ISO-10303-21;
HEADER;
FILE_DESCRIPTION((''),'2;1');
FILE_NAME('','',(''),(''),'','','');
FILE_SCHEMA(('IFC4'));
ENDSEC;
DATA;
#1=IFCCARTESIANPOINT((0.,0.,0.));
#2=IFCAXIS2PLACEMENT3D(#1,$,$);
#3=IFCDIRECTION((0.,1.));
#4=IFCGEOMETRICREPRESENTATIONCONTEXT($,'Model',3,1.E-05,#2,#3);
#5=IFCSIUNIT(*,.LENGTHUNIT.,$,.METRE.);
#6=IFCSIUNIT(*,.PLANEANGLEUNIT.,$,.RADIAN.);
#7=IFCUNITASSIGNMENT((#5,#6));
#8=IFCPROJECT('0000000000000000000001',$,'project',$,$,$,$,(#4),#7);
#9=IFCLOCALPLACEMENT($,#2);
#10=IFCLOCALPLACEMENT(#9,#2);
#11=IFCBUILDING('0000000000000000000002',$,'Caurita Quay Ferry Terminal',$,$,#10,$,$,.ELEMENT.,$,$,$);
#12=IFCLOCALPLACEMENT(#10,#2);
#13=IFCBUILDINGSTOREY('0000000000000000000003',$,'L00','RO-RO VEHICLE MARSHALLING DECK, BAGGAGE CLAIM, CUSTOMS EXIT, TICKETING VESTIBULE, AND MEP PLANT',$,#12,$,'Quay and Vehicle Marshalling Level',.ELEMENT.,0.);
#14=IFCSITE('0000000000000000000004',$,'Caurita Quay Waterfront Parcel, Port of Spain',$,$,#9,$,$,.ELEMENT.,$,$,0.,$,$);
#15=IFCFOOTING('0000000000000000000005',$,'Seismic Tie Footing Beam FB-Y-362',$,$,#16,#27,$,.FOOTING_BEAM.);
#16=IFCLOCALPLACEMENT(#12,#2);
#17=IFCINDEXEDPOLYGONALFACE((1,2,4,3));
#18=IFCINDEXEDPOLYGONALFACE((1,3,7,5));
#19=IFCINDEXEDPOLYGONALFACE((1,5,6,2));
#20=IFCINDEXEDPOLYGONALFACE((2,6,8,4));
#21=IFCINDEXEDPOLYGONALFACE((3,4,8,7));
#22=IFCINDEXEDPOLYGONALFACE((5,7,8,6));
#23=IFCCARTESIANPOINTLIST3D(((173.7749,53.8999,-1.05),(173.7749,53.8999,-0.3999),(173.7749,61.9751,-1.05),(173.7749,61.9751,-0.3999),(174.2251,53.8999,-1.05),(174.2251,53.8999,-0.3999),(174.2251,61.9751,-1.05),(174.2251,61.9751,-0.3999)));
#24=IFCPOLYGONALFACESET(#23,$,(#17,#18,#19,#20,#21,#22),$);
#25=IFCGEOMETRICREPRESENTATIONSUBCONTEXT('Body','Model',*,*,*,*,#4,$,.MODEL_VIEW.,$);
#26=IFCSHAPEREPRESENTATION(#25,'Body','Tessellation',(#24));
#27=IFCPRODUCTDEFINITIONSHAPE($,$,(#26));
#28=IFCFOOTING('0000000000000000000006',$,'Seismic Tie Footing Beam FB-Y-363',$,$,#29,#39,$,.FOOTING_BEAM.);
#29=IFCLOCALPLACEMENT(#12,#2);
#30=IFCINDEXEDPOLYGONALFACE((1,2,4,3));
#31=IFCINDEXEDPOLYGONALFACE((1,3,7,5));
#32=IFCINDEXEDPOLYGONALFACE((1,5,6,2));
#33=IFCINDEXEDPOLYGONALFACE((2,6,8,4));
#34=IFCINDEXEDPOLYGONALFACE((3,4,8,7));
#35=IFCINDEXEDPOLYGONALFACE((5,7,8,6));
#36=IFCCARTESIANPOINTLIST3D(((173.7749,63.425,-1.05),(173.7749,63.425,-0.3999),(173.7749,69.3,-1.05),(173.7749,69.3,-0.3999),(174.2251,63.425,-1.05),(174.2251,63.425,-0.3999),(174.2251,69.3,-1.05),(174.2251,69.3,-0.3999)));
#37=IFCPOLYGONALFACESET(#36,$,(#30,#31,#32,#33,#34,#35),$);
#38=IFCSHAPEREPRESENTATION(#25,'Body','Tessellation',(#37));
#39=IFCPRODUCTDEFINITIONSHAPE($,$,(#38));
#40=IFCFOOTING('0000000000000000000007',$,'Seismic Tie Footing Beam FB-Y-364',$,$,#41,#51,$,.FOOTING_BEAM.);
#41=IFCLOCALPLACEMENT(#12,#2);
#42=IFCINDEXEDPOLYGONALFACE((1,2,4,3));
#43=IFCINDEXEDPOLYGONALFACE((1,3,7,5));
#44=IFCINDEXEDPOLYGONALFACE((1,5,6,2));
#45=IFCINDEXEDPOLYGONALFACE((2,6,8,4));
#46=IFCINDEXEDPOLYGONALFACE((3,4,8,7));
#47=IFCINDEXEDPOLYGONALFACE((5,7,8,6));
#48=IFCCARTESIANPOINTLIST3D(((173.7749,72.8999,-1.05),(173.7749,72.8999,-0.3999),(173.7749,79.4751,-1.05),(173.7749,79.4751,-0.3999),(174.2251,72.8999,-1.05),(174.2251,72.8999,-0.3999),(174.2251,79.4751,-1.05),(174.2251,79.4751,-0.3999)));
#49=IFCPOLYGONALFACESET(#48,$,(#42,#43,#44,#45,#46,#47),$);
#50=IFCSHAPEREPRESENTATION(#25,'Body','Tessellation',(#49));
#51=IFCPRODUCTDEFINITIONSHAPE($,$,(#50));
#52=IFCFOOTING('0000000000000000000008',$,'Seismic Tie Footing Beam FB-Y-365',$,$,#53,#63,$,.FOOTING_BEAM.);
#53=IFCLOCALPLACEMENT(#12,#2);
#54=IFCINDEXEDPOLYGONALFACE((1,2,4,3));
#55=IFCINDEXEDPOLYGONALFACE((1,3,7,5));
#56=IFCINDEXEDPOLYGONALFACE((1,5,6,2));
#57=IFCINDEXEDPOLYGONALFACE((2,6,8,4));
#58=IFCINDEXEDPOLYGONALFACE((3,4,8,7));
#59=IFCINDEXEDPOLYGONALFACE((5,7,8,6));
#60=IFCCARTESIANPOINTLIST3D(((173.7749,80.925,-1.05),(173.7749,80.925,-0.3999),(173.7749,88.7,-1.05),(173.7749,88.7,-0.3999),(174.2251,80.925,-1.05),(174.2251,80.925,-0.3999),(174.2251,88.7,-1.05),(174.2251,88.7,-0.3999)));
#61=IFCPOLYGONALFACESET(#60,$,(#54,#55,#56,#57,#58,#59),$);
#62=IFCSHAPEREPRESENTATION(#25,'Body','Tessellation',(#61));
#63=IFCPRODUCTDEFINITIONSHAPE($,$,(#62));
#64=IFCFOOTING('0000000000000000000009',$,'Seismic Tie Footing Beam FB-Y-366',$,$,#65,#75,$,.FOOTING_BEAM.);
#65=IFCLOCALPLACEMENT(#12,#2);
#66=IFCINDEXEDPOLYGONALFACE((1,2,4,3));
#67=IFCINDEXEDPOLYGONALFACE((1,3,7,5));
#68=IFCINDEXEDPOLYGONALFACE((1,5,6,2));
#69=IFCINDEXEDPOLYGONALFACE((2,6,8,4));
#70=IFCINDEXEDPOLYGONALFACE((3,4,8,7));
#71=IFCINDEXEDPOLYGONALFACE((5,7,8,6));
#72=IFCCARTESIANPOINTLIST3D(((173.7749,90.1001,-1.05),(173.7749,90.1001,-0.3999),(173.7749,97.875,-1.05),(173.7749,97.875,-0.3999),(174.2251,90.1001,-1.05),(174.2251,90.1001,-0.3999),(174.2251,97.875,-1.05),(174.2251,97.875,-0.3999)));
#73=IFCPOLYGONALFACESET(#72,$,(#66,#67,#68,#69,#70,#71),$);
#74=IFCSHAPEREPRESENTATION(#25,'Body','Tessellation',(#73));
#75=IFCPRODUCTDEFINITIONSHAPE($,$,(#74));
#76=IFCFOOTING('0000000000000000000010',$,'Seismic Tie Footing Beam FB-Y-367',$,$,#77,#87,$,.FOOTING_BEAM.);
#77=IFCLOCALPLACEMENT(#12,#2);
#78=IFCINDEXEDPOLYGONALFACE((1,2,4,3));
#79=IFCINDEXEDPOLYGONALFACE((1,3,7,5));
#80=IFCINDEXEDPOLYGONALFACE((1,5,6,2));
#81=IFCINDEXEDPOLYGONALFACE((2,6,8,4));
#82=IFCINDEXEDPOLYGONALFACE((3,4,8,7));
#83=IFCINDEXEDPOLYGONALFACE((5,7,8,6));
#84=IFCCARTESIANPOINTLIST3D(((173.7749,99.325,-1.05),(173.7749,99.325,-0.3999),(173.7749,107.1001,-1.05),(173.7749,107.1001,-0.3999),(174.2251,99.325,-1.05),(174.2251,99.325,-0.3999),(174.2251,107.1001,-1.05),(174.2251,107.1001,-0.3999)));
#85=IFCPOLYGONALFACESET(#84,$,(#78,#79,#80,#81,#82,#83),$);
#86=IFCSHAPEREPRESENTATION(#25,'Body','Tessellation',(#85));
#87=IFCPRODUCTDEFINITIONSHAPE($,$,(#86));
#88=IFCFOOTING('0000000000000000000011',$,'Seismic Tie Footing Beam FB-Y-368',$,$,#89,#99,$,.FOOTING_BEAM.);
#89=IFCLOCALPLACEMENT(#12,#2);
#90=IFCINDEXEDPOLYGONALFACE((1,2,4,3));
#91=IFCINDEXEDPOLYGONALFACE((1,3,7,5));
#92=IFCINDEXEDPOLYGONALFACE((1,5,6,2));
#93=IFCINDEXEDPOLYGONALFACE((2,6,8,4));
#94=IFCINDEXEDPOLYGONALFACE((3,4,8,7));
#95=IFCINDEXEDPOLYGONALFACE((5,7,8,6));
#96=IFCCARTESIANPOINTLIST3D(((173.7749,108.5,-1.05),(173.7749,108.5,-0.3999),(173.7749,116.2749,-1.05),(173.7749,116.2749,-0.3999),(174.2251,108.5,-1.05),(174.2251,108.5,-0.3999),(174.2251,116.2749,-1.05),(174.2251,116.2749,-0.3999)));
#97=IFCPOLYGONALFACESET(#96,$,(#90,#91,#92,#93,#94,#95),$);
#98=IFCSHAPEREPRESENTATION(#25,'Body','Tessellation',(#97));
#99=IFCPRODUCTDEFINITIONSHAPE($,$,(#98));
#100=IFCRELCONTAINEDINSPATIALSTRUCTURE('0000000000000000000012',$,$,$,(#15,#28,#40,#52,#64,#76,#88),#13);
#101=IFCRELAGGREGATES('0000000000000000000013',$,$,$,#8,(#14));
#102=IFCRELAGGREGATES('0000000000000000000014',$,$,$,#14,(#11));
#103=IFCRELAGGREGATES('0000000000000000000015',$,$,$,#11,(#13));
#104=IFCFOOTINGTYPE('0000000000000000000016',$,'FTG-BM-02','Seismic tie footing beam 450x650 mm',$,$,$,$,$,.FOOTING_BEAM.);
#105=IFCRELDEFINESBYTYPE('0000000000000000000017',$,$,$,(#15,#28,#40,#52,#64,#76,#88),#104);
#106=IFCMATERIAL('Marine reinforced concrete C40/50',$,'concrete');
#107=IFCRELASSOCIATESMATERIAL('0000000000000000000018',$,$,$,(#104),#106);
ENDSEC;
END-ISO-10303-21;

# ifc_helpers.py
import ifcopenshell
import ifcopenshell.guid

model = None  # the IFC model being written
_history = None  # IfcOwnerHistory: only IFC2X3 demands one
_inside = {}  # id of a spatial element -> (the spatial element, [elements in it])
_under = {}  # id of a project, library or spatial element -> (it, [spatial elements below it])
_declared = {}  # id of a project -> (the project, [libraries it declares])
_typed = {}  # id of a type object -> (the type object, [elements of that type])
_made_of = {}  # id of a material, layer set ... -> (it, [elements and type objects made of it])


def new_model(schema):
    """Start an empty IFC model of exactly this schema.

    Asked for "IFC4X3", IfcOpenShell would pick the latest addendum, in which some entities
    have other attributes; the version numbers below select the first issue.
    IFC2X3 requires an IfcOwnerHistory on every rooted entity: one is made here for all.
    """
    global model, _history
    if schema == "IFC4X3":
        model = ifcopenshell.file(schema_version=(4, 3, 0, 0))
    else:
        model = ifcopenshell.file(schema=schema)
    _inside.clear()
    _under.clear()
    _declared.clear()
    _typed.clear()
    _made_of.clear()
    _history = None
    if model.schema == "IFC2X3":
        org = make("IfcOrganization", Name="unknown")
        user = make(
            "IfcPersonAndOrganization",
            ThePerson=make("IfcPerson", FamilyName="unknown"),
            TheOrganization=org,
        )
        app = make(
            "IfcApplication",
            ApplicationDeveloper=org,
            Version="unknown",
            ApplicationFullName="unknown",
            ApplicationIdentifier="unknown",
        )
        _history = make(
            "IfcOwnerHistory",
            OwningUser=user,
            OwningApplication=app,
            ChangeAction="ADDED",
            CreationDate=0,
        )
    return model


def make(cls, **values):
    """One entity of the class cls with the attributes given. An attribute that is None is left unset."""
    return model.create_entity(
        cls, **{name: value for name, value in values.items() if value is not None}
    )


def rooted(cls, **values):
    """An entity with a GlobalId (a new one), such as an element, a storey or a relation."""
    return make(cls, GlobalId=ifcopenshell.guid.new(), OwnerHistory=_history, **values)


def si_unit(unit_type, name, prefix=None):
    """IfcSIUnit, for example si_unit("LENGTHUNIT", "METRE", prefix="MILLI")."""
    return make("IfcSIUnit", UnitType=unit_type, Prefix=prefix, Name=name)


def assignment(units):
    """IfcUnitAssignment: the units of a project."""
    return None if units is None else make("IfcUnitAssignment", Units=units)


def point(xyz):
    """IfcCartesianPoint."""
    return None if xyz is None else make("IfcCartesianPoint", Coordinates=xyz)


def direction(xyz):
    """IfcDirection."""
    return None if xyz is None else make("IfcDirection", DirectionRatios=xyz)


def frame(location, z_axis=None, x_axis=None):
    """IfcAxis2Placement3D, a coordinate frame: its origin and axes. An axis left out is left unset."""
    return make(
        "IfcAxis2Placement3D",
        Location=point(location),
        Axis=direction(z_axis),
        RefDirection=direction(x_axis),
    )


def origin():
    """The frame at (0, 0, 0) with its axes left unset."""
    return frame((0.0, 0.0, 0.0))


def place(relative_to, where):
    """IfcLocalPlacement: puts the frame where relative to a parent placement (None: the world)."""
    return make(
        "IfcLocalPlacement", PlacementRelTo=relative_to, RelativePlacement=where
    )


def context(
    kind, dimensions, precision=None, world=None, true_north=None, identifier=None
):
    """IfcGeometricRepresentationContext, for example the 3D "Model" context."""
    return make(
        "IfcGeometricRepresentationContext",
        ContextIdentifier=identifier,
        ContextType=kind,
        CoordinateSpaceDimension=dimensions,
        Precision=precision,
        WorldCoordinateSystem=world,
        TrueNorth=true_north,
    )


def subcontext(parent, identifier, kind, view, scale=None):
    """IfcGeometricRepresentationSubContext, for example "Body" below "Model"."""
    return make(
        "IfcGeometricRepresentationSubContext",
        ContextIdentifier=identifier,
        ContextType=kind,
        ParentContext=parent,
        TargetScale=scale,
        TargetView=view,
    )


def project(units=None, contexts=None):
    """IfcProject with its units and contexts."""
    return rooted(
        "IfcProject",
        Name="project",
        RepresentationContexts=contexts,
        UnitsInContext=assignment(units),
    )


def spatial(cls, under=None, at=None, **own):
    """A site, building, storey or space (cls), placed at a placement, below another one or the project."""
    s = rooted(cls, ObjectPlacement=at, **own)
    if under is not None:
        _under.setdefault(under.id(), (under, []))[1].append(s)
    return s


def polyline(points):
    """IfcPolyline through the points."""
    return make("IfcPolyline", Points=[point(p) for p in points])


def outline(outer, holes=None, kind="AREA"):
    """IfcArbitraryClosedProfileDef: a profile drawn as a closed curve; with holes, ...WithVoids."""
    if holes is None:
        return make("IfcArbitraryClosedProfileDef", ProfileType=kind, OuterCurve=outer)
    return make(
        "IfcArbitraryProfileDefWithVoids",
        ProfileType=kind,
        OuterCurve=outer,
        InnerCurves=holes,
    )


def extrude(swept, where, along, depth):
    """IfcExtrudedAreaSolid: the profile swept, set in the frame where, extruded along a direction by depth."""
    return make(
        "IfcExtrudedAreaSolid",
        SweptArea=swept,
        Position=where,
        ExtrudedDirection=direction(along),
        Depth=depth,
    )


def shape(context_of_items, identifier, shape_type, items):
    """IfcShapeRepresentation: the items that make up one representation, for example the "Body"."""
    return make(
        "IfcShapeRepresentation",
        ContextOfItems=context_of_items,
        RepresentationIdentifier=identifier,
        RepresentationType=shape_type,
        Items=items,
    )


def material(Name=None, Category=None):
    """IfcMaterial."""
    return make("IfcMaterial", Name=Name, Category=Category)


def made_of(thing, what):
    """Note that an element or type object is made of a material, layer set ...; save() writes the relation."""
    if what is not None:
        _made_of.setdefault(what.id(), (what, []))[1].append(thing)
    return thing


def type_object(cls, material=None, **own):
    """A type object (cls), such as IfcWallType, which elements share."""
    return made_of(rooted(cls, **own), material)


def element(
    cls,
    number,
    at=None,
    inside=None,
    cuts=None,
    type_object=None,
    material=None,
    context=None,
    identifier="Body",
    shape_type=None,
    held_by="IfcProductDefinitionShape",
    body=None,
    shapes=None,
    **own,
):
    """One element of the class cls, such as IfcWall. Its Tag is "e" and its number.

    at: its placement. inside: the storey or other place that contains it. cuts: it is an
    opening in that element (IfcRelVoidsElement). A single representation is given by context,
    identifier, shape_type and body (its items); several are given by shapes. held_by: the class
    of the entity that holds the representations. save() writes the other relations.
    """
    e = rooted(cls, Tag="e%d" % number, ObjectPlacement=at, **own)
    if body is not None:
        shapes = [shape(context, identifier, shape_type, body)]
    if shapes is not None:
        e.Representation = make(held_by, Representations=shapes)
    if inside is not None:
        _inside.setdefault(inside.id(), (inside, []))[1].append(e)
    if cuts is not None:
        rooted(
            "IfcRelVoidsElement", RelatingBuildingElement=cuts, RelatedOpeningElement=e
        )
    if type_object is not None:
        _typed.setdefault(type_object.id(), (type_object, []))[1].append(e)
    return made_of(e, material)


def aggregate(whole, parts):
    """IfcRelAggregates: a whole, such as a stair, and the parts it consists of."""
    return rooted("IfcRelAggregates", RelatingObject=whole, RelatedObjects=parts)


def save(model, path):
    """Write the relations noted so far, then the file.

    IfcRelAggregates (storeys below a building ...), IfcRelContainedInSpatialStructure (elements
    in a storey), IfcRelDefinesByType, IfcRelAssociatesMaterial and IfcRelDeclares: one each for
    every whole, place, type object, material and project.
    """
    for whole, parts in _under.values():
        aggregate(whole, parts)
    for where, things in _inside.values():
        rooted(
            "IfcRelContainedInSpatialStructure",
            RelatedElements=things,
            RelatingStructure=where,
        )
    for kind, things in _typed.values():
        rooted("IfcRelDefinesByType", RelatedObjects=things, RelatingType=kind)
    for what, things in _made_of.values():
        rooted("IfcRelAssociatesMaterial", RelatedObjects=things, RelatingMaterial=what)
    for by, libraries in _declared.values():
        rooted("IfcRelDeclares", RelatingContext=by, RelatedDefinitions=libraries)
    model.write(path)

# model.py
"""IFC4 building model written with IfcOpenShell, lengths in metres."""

from ifc_helpers import new_model, si_unit, direction, frame, origin, place, context, subcontext, project, spatial, polyline, outline, extrude, material, type_object, element, save


model = new_model("IFC4")

# Units and contexts
model_context = context("Model", 3, precision=1e-05, world=origin(), true_north=direction((0.0, 1.0)))
body_context = subcontext(model_context, "Body", "Model", "MODEL_VIEW")
ifc_project = project(units=[si_unit("LENGTHUNIT", "METRE"), si_unit("PLANEANGLEUNIT", "RADIAN")], contexts=[model_context])

# Site, building, storey
site_placement = place(None, origin())
site = spatial("IfcSite", under=ifc_project, at=site_placement, Name="Caurita Quay Waterfront Parcel, Port of Spain", CompositionType="ELEMENT", RefElevation=0.0)
building_placement = place(site_placement, origin())
building = spatial("IfcBuilding", under=site, at=building_placement, Name="Caurita Quay Ferry Terminal", CompositionType="ELEMENT")
storey_placement = place(building_placement, origin())
storey = spatial("IfcBuildingStorey", under=building, at=storey_placement, Name="L00", Description="RO-RO VEHICLE MARSHALLING DECK, BAGGAGE CLAIM, CUSTOMS EXIT, TICKETING VESTIBULE, AND MEP PLANT", LongName="Quay and Vehicle Marshalling Level", CompositionType="ELEMENT", Elevation=0.0)

# Footings
ifc_material = material(Name="Marine reinforced concrete C40/50", Category="concrete")
footing_type = type_object("IfcFootingType", Name="FTG-BM-02", Description="Seismic tie footing beam 450x650 mm", PredefinedType="FOOTING_BEAM", material=ifc_material)
footing_1_placement = place(storey_placement, frame((0.0, 0.0, -1.05)))
element("IfcFooting", 1, at=footing_1_placement, inside=storey, type_object=footing_type, Name="Seismic Tie Footing Beam FB-Y-362", PredefinedType="FOOTING_BEAM", context=body_context, shape_type="SweptSolid", body=[
    extrude(outline(polyline([(173.7749, 53.8999), (174.2251, 53.8999), (174.2251, 61.9751), (173.7749, 61.9751), (173.7749, 53.8999)])), origin(), (0.0, 0.0, 1.0), 0.6501),
])
footing_2_placement = place(storey_placement, frame((0.0, 0.0, -1.05)))
element("IfcFooting", 2, at=footing_2_placement, inside=storey, type_object=footing_type, Name="Seismic Tie Footing Beam FB-Y-363", PredefinedType="FOOTING_BEAM", context=body_context, shape_type="SweptSolid", body=[
    extrude(outline(polyline([(173.7749, 63.425), (174.2251, 63.425), (174.2251, 69.3), (173.7749, 69.3), (173.7749, 63.425)])), origin(), (0.0, 0.0, 1.0), 0.6501),
])
footing_3_placement = place(storey_placement, frame((0.0, 0.0, -1.05)))
element("IfcFooting", 3, at=footing_3_placement, inside=storey, type_object=footing_type, Name="Seismic Tie Footing Beam FB-Y-364", PredefinedType="FOOTING_BEAM", context=body_context, shape_type="SweptSolid", body=[
    extrude(outline(polyline([(173.7749, 72.8999), (174.2251, 72.8999), (174.2251, 79.4751), (173.7749, 79.4751), (173.7749, 72.8999)])), origin(), (0.0, 0.0, 1.0), 0.6501),
])
footing_4_placement = place(storey_placement, frame((0.0, 0.0, -1.05)))
element("IfcFooting", 4, at=footing_4_placement, inside=storey, type_object=footing_type, Name="Seismic Tie Footing Beam FB-Y-365", PredefinedType="FOOTING_BEAM", context=body_context, shape_type="SweptSolid", body=[
    extrude(outline(polyline([(173.7749, 80.925), (174.2251, 80.925), (174.2251, 88.7), (173.7749, 88.7), (173.7749, 80.925)])), origin(), (0.0, 0.0, 1.0), 0.6501),
])
footing_5_placement = place(storey_placement, frame((0.0, 0.0, -1.05)))
element("IfcFooting", 5, at=footing_5_placement, inside=storey, type_object=footing_type, Name="Seismic Tie Footing Beam FB-Y-366", PredefinedType="FOOTING_BEAM", context=body_context, shape_type="SweptSolid", body=[
    extrude(outline(polyline([(173.7749, 90.1001), (174.2251, 90.1001), (174.2251, 97.875), (173.7749, 97.875), (173.7749, 90.1001)])), origin(), (0.0, 0.0, 1.0), 0.6501),
])
footing_6_placement = place(storey_placement, frame((0.0, 0.0, -1.05)))
element("IfcFooting", 6, at=footing_6_placement, inside=storey, type_object=footing_type, Name="Seismic Tie Footing Beam FB-Y-367", PredefinedType="FOOTING_BEAM", context=body_context, shape_type="SweptSolid", body=[
    extrude(outline(polyline([(173.7749, 99.325), (174.2251, 99.325), (174.2251, 107.1001), (173.7749, 107.1001), (173.7749, 99.325)])), origin(), (0.0, 0.0, 1.0), 0.6501),
])
footing_7_placement = place(storey_placement, frame((0.0, 0.0, -1.05)))
element("IfcFooting", 7, at=footing_7_placement, inside=storey, type_object=footing_type, Name="Seismic Tie Footing Beam FB-Y-368", PredefinedType="FOOTING_BEAM", context=body_context, shape_type="SweptSolid", body=[
    extrude(outline(polyline([(173.7749, 108.5), (174.2251, 108.5), (174.2251, 116.2749), (173.7749, 116.2749), (173.7749, 108.5)])), origin(), (0.0, 0.0, 1.0), 0.6501),
])

save(model, "model.ifc")
